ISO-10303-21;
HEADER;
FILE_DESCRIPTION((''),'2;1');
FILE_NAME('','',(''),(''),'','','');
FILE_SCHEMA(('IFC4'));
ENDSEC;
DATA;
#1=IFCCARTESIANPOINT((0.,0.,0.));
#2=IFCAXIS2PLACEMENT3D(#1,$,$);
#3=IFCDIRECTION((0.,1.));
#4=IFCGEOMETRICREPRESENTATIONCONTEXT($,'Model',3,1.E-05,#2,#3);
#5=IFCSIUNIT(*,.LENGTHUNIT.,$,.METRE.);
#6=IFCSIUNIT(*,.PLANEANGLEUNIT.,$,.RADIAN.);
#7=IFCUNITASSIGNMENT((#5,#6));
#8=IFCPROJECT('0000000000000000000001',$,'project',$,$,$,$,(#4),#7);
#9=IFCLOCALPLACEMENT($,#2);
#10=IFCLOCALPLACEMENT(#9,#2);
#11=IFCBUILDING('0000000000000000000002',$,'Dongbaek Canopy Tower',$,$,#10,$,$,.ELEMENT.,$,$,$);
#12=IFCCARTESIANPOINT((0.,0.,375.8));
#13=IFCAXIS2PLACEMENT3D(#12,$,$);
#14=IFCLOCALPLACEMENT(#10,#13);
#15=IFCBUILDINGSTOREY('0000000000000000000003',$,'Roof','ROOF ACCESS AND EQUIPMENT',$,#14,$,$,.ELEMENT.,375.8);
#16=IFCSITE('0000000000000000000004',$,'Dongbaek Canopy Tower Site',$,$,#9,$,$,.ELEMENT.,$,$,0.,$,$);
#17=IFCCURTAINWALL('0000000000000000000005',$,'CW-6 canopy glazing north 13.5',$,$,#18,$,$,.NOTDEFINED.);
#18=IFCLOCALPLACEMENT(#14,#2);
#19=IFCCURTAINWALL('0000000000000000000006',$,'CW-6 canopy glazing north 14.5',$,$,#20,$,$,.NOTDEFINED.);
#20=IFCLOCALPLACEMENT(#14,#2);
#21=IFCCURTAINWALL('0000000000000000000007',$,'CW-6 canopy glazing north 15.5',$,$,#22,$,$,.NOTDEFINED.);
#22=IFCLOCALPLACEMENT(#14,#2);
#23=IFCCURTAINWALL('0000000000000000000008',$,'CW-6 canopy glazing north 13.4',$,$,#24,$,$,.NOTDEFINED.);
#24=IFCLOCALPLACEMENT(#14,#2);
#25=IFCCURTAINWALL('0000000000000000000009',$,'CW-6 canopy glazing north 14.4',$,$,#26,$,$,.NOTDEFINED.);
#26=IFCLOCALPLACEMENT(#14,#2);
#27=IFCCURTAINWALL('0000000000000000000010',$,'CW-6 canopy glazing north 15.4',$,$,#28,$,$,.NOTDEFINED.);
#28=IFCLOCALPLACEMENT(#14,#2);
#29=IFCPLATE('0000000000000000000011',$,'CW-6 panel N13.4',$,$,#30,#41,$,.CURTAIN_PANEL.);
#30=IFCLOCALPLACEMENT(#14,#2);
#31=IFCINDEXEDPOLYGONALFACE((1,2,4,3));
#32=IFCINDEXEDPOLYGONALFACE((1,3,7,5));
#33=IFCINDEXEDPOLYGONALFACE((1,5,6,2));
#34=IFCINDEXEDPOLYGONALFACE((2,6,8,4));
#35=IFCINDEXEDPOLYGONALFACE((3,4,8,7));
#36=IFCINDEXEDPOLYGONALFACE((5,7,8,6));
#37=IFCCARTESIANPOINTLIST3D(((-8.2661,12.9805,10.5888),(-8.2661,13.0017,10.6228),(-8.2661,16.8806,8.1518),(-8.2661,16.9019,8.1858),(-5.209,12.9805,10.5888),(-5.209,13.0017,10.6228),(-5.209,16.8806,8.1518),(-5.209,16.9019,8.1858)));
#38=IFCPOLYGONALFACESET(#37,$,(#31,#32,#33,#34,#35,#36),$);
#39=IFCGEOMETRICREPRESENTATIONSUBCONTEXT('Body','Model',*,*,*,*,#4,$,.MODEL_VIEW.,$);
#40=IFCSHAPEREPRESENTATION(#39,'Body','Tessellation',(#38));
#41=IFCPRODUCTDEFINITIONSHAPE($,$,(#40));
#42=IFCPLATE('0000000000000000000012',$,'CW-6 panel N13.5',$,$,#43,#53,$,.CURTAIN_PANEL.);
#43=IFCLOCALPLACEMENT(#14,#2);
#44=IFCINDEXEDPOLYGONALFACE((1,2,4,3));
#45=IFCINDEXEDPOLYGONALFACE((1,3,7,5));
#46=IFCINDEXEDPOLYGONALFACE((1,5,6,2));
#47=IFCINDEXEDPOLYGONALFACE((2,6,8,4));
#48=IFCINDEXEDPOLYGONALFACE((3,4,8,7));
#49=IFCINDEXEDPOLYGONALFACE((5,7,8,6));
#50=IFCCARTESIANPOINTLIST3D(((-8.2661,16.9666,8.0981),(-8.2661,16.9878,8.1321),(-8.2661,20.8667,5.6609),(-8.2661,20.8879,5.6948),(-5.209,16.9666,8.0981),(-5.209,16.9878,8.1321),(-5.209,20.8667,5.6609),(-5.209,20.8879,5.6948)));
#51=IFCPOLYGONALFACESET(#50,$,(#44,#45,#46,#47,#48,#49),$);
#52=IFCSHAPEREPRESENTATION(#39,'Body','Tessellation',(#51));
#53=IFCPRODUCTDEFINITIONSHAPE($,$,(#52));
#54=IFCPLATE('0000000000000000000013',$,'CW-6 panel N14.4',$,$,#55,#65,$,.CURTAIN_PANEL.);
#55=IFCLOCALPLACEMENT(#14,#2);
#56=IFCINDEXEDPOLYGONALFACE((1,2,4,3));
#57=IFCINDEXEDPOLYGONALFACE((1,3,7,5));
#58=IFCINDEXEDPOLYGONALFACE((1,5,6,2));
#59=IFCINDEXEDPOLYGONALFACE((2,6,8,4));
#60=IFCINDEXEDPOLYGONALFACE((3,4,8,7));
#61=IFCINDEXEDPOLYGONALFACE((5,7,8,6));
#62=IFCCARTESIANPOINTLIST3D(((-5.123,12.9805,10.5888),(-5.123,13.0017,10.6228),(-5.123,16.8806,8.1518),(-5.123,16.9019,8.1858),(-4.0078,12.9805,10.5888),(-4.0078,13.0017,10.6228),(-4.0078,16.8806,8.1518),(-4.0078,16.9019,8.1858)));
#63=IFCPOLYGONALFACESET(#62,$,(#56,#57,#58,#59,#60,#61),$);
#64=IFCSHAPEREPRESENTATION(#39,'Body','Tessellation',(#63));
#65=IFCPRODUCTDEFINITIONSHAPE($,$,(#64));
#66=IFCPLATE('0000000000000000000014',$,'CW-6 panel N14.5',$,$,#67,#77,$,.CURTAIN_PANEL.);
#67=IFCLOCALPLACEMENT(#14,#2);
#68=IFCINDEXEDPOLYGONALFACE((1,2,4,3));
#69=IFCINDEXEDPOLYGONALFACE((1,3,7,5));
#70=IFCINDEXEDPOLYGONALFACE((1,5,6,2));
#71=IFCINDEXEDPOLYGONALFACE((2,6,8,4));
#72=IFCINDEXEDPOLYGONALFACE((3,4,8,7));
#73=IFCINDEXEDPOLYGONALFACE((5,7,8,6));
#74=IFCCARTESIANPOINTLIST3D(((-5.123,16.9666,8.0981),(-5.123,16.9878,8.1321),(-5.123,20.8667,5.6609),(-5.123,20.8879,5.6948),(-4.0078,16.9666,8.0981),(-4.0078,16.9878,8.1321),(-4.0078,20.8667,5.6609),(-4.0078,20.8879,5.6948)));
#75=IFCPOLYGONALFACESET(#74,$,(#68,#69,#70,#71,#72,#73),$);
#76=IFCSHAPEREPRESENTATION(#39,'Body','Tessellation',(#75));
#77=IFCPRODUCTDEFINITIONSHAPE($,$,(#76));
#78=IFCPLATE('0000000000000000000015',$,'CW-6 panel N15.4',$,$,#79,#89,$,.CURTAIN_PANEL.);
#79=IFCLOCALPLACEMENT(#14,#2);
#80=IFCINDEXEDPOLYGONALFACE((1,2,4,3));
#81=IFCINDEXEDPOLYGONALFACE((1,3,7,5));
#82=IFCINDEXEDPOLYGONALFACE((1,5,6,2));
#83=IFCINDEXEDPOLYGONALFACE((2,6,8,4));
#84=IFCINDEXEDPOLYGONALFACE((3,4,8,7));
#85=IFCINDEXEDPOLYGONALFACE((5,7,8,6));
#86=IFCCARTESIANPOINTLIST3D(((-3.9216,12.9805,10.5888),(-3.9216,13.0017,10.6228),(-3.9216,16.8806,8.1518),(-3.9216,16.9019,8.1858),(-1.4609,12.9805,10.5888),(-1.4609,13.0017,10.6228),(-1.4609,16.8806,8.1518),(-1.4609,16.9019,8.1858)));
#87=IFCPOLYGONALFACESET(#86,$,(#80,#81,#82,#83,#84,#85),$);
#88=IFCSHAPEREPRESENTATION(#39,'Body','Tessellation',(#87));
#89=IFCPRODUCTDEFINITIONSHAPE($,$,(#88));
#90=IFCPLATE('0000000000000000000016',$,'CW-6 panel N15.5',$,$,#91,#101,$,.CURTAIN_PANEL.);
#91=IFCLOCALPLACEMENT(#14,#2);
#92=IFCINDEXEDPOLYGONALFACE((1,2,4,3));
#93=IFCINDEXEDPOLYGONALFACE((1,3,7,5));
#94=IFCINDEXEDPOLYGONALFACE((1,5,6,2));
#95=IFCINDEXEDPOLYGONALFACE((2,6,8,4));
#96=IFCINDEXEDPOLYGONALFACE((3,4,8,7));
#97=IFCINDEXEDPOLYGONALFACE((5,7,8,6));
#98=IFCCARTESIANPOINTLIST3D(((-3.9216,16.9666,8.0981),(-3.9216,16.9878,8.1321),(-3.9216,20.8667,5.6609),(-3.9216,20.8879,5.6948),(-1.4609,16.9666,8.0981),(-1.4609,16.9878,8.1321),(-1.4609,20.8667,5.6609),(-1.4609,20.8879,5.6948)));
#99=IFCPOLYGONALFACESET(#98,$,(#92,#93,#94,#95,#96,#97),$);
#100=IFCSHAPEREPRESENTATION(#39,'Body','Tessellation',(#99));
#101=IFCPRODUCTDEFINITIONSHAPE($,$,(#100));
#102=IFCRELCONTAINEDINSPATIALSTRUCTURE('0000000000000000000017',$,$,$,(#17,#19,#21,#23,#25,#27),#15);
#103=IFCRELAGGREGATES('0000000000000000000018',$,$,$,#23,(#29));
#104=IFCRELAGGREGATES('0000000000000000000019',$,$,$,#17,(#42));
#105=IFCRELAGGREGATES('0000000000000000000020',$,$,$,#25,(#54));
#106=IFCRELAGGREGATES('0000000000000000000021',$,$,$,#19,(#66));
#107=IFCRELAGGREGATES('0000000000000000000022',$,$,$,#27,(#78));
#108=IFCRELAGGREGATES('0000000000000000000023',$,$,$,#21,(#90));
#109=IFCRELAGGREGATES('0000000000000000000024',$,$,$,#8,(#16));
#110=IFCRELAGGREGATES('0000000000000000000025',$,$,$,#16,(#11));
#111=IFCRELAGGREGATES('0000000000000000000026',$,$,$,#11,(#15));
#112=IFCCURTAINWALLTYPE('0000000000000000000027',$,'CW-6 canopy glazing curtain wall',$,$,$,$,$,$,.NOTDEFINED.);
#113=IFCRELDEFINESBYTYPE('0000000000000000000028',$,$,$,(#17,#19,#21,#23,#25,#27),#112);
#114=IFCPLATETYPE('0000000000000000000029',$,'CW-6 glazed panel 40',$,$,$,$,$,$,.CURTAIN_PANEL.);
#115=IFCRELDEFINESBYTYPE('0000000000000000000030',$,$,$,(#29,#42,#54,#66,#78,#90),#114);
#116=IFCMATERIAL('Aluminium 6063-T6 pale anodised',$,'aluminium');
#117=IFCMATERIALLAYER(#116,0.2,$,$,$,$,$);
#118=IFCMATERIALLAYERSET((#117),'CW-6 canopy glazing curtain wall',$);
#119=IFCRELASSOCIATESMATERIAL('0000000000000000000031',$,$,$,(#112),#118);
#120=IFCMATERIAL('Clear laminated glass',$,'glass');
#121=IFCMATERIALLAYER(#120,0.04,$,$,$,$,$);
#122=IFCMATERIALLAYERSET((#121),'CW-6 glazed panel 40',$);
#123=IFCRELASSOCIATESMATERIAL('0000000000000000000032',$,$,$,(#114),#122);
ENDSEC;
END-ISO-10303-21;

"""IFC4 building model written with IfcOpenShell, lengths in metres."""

from ifc_helpers import new_model, si_unit, direction, frame, origin, place, context, subcontext, project, spatial, polyline, outline, extrude, material, layer, layer_set, type_object, element, aggregate, save


model = new_model("IFC4")

# Units and contexts
model_context = context("Model", 3, precision=1e-05, world=origin(), true_north=direction((0.0, 1.0)))
body_context = subcontext(model_context, "Body", "Model", "MODEL_VIEW")
ifc_project = project(units=[si_unit("LENGTHUNIT", "METRE"), si_unit("PLANEANGLEUNIT", "RADIAN")], contexts=[model_context])

# Site, building, storey
site_placement = place(None, origin())
site = spatial("IfcSite", under=ifc_project, at=site_placement, Name="Dongbaek Canopy Tower Site", CompositionType="ELEMENT", RefElevation=0.0)
building_placement = place(site_placement, origin())
building = spatial("IfcBuilding", under=site, at=building_placement, Name="Dongbaek Canopy Tower", CompositionType="ELEMENT")
storey_placement = place(building_placement, frame((0.0, 0.0, 375.8)))
storey = spatial("IfcBuildingStorey", under=building, at=storey_placement, Name="Roof", Description="ROOF ACCESS AND EQUIPMENT", CompositionType="ELEMENT", Elevation=375.8)

# Curtain walls
ifc_material_1 = material(Name="Aluminium 6063-T6 pale anodised", Category="aluminium")
ifc_layer_1 = layer(ifc_material_1, 0.2)
ifc_layer_set_1 = layer_set([ifc_layer_1], Name="CW-6 canopy glazing curtain wall")
curtain_wall_type = type_object("IfcCurtainWallType", Name="CW-6 canopy glazing curtain wall", PredefinedType="NOTDEFINED", material=ifc_layer_set_1)
curtain_wall_1_placement = place(storey_placement, origin())
curtain_wall_1 = element("IfcCurtainWall", 1, at=curtain_wall_1_placement, inside=storey, type_object=curtain_wall_type, Name="CW-6 canopy glazing north 13.5", PredefinedType="NOTDEFINED")
curtain_wall_2_placement = place(storey_placement, origin())
curtain_wall_2 = element("IfcCurtainWall", 2, at=curtain_wall_2_placement, inside=storey, type_object=curtain_wall_type, Name="CW-6 canopy glazing north 14.5", PredefinedType="NOTDEFINED")
curtain_wall_3_placement = place(storey_placement, origin())
curtain_wall_3 = element("IfcCurtainWall", 3, at=curtain_wall_3_placement, inside=storey, type_object=curtain_wall_type, Name="CW-6 canopy glazing north 15.5", PredefinedType="NOTDEFINED")
curtain_wall_4_placement = place(storey_placement, origin())
curtain_wall_4 = element("IfcCurtainWall", 4, at=curtain_wall_4_placement, inside=storey, type_object=curtain_wall_type, Name="CW-6 canopy glazing north 13.4", PredefinedType="NOTDEFINED")
curtain_wall_5_placement = place(storey_placement, origin())
curtain_wall_5 = element("IfcCurtainWall", 5, at=curtain_wall_5_placement, inside=storey, type_object=curtain_wall_type, Name="CW-6 canopy glazing north 14.4", PredefinedType="NOTDEFINED")
curtain_wall_6_placement = place(storey_placement, origin())
curtain_wall_6 = element("IfcCurtainWall", 6, at=curtain_wall_6_placement, inside=storey, type_object=curtain_wall_type, Name="CW-6 canopy glazing north 15.4", PredefinedType="NOTDEFINED")

# Shared definitions
ifc_material_2 = material(Name="Clear laminated glass", Category="glass")
ifc_layer_2 = layer(ifc_material_2, 0.04)
ifc_layer_set_2 = layer_set([ifc_layer_2], Name="CW-6 glazed panel 40")
plate_type = type_object("IfcPlateType", Name="CW-6 glazed panel 40", PredefinedType="CURTAIN_PANEL", material=ifc_layer_set_2)

# Plates
plate_1_placement = place(storey_placement, frame((-5.209, 13.0017, 10.6228), z_axis=(0.0, 0.529908, 0.848055), x_axis=(-1.0, 0.0, 0.0)))
plate_1 = element("IfcPlate", 7, at=plate_1_placement, type_object=plate_type, Name="CW-6 panel N13.4", PredefinedType="CURTAIN_PANEL", context=body_context, shape_type="SweptSolid", body=[
    extrude(outline(polyline([(0.0, 0.0), (3.0571, 0.0), (3.0571, -4.5989), (0.0, -4.5989), (0.0, 0.0)])), origin(), (0.0, 0.0, -1.0), 0.04),
])
aggregate(curtain_wall_4, [plate_1])
plate_2_placement = place(storey_placement, frame((-5.209, 16.9878, 8.1321), z_axis=(0.0, 0.529946, 0.848031), x_axis=(-1.0, 0.0, 0.0)))
plate_2 = element("IfcPlate", 8, at=plate_2_placement, type_object=plate_type, Name="CW-6 panel N13.5", PredefinedType="CURTAIN_PANEL", context=body_context, shape_type="SweptSolid", body=[
    extrude(outline(polyline([(0.0, 0.0), (3.0571, 0.0), (3.0571, -4.5991), (0.0, -4.5991), (0.0, 0.0)])), origin(), (0.0, 0.0, -1.0), 0.04),
])
aggregate(curtain_wall_1, [plate_2])
plate_3_placement = place(storey_placement, frame((-4.0078, 13.0017, 10.6228), z_axis=(0.0, 0.529908, 0.848055), x_axis=(-1.0, 0.0, 0.0)))
plate_3 = element("IfcPlate", 9, at=plate_3_placement, type_object=plate_type, Name="CW-6 panel N14.4", PredefinedType="CURTAIN_PANEL", context=body_context, shape_type="SweptSolid", body=[
    extrude(outline(polyline([(0.0, 0.0), (1.1152, 0.0), (1.1152, -4.5989), (0.0, -4.5989), (0.0, 0.0)])), origin(), (0.0, 0.0, -1.0), 0.04),
])
aggregate(curtain_wall_5, [plate_3])
plate_4_placement = place(storey_placement, frame((-4.0078, 16.9878, 8.1321), z_axis=(0.0, 0.529946, 0.848031), x_axis=(-1.0, 0.0, 0.0)))
plate_4 = element("IfcPlate", 10, at=plate_4_placement, type_object=plate_type, Name="CW-6 panel N14.5", PredefinedType="CURTAIN_PANEL", context=body_context, shape_type="SweptSolid", body=[
    extrude(outline(polyline([(0.0, 0.0), (1.1152, 0.0), (1.1152, -4.5991), (0.0, -4.5991), (0.0, 0.0)])), origin(), (0.0, 0.0, -1.0), 0.04),
])
aggregate(curtain_wall_2, [plate_4])
plate_5_placement = place(storey_placement, frame((-1.4609, 13.0017, 10.6228), z_axis=(0.0, 0.529908, 0.848055), x_axis=(-1.0, 0.0, 0.0)))
plate_5 = element("IfcPlate", 11, at=plate_5_placement, type_object=plate_type, Name="CW-6 panel N15.4", PredefinedType="CURTAIN_PANEL", context=body_context, shape_type="SweptSolid", body=[
    extrude(outline(polyline([(0.0, 0.0), (2.4607, 0.0), (2.4607, -4.5989), (0.0, -4.5989), (0.0, 0.0)])), origin(), (0.0, 0.0, -1.0), 0.04),
])
aggregate(curtain_wall_6, [plate_5])
plate_6_placement = place(storey_placement, frame((-1.4609, 16.9878, 8.1321), z_axis=(0.0, 0.529946, 0.848031), x_axis=(-1.0, 0.0, 0.0)))
plate_6 = element("IfcPlate", 12, at=plate_6_placement, type_object=plate_type, Name="CW-6 panel N15.5", PredefinedType="CURTAIN_PANEL", context=body_context, shape_type="SweptSolid", body=[
    extrude(outline(polyline([(0.0, 0.0), (2.4607, 0.0), (2.4607, -4.5991), (0.0, -4.5991), (0.0, 0.0)])), origin(), (0.0, 0.0, -1.0), 0.04),
])
aggregate(curtain_wall_3, [plate_6])

save(model, "model.ifc")
